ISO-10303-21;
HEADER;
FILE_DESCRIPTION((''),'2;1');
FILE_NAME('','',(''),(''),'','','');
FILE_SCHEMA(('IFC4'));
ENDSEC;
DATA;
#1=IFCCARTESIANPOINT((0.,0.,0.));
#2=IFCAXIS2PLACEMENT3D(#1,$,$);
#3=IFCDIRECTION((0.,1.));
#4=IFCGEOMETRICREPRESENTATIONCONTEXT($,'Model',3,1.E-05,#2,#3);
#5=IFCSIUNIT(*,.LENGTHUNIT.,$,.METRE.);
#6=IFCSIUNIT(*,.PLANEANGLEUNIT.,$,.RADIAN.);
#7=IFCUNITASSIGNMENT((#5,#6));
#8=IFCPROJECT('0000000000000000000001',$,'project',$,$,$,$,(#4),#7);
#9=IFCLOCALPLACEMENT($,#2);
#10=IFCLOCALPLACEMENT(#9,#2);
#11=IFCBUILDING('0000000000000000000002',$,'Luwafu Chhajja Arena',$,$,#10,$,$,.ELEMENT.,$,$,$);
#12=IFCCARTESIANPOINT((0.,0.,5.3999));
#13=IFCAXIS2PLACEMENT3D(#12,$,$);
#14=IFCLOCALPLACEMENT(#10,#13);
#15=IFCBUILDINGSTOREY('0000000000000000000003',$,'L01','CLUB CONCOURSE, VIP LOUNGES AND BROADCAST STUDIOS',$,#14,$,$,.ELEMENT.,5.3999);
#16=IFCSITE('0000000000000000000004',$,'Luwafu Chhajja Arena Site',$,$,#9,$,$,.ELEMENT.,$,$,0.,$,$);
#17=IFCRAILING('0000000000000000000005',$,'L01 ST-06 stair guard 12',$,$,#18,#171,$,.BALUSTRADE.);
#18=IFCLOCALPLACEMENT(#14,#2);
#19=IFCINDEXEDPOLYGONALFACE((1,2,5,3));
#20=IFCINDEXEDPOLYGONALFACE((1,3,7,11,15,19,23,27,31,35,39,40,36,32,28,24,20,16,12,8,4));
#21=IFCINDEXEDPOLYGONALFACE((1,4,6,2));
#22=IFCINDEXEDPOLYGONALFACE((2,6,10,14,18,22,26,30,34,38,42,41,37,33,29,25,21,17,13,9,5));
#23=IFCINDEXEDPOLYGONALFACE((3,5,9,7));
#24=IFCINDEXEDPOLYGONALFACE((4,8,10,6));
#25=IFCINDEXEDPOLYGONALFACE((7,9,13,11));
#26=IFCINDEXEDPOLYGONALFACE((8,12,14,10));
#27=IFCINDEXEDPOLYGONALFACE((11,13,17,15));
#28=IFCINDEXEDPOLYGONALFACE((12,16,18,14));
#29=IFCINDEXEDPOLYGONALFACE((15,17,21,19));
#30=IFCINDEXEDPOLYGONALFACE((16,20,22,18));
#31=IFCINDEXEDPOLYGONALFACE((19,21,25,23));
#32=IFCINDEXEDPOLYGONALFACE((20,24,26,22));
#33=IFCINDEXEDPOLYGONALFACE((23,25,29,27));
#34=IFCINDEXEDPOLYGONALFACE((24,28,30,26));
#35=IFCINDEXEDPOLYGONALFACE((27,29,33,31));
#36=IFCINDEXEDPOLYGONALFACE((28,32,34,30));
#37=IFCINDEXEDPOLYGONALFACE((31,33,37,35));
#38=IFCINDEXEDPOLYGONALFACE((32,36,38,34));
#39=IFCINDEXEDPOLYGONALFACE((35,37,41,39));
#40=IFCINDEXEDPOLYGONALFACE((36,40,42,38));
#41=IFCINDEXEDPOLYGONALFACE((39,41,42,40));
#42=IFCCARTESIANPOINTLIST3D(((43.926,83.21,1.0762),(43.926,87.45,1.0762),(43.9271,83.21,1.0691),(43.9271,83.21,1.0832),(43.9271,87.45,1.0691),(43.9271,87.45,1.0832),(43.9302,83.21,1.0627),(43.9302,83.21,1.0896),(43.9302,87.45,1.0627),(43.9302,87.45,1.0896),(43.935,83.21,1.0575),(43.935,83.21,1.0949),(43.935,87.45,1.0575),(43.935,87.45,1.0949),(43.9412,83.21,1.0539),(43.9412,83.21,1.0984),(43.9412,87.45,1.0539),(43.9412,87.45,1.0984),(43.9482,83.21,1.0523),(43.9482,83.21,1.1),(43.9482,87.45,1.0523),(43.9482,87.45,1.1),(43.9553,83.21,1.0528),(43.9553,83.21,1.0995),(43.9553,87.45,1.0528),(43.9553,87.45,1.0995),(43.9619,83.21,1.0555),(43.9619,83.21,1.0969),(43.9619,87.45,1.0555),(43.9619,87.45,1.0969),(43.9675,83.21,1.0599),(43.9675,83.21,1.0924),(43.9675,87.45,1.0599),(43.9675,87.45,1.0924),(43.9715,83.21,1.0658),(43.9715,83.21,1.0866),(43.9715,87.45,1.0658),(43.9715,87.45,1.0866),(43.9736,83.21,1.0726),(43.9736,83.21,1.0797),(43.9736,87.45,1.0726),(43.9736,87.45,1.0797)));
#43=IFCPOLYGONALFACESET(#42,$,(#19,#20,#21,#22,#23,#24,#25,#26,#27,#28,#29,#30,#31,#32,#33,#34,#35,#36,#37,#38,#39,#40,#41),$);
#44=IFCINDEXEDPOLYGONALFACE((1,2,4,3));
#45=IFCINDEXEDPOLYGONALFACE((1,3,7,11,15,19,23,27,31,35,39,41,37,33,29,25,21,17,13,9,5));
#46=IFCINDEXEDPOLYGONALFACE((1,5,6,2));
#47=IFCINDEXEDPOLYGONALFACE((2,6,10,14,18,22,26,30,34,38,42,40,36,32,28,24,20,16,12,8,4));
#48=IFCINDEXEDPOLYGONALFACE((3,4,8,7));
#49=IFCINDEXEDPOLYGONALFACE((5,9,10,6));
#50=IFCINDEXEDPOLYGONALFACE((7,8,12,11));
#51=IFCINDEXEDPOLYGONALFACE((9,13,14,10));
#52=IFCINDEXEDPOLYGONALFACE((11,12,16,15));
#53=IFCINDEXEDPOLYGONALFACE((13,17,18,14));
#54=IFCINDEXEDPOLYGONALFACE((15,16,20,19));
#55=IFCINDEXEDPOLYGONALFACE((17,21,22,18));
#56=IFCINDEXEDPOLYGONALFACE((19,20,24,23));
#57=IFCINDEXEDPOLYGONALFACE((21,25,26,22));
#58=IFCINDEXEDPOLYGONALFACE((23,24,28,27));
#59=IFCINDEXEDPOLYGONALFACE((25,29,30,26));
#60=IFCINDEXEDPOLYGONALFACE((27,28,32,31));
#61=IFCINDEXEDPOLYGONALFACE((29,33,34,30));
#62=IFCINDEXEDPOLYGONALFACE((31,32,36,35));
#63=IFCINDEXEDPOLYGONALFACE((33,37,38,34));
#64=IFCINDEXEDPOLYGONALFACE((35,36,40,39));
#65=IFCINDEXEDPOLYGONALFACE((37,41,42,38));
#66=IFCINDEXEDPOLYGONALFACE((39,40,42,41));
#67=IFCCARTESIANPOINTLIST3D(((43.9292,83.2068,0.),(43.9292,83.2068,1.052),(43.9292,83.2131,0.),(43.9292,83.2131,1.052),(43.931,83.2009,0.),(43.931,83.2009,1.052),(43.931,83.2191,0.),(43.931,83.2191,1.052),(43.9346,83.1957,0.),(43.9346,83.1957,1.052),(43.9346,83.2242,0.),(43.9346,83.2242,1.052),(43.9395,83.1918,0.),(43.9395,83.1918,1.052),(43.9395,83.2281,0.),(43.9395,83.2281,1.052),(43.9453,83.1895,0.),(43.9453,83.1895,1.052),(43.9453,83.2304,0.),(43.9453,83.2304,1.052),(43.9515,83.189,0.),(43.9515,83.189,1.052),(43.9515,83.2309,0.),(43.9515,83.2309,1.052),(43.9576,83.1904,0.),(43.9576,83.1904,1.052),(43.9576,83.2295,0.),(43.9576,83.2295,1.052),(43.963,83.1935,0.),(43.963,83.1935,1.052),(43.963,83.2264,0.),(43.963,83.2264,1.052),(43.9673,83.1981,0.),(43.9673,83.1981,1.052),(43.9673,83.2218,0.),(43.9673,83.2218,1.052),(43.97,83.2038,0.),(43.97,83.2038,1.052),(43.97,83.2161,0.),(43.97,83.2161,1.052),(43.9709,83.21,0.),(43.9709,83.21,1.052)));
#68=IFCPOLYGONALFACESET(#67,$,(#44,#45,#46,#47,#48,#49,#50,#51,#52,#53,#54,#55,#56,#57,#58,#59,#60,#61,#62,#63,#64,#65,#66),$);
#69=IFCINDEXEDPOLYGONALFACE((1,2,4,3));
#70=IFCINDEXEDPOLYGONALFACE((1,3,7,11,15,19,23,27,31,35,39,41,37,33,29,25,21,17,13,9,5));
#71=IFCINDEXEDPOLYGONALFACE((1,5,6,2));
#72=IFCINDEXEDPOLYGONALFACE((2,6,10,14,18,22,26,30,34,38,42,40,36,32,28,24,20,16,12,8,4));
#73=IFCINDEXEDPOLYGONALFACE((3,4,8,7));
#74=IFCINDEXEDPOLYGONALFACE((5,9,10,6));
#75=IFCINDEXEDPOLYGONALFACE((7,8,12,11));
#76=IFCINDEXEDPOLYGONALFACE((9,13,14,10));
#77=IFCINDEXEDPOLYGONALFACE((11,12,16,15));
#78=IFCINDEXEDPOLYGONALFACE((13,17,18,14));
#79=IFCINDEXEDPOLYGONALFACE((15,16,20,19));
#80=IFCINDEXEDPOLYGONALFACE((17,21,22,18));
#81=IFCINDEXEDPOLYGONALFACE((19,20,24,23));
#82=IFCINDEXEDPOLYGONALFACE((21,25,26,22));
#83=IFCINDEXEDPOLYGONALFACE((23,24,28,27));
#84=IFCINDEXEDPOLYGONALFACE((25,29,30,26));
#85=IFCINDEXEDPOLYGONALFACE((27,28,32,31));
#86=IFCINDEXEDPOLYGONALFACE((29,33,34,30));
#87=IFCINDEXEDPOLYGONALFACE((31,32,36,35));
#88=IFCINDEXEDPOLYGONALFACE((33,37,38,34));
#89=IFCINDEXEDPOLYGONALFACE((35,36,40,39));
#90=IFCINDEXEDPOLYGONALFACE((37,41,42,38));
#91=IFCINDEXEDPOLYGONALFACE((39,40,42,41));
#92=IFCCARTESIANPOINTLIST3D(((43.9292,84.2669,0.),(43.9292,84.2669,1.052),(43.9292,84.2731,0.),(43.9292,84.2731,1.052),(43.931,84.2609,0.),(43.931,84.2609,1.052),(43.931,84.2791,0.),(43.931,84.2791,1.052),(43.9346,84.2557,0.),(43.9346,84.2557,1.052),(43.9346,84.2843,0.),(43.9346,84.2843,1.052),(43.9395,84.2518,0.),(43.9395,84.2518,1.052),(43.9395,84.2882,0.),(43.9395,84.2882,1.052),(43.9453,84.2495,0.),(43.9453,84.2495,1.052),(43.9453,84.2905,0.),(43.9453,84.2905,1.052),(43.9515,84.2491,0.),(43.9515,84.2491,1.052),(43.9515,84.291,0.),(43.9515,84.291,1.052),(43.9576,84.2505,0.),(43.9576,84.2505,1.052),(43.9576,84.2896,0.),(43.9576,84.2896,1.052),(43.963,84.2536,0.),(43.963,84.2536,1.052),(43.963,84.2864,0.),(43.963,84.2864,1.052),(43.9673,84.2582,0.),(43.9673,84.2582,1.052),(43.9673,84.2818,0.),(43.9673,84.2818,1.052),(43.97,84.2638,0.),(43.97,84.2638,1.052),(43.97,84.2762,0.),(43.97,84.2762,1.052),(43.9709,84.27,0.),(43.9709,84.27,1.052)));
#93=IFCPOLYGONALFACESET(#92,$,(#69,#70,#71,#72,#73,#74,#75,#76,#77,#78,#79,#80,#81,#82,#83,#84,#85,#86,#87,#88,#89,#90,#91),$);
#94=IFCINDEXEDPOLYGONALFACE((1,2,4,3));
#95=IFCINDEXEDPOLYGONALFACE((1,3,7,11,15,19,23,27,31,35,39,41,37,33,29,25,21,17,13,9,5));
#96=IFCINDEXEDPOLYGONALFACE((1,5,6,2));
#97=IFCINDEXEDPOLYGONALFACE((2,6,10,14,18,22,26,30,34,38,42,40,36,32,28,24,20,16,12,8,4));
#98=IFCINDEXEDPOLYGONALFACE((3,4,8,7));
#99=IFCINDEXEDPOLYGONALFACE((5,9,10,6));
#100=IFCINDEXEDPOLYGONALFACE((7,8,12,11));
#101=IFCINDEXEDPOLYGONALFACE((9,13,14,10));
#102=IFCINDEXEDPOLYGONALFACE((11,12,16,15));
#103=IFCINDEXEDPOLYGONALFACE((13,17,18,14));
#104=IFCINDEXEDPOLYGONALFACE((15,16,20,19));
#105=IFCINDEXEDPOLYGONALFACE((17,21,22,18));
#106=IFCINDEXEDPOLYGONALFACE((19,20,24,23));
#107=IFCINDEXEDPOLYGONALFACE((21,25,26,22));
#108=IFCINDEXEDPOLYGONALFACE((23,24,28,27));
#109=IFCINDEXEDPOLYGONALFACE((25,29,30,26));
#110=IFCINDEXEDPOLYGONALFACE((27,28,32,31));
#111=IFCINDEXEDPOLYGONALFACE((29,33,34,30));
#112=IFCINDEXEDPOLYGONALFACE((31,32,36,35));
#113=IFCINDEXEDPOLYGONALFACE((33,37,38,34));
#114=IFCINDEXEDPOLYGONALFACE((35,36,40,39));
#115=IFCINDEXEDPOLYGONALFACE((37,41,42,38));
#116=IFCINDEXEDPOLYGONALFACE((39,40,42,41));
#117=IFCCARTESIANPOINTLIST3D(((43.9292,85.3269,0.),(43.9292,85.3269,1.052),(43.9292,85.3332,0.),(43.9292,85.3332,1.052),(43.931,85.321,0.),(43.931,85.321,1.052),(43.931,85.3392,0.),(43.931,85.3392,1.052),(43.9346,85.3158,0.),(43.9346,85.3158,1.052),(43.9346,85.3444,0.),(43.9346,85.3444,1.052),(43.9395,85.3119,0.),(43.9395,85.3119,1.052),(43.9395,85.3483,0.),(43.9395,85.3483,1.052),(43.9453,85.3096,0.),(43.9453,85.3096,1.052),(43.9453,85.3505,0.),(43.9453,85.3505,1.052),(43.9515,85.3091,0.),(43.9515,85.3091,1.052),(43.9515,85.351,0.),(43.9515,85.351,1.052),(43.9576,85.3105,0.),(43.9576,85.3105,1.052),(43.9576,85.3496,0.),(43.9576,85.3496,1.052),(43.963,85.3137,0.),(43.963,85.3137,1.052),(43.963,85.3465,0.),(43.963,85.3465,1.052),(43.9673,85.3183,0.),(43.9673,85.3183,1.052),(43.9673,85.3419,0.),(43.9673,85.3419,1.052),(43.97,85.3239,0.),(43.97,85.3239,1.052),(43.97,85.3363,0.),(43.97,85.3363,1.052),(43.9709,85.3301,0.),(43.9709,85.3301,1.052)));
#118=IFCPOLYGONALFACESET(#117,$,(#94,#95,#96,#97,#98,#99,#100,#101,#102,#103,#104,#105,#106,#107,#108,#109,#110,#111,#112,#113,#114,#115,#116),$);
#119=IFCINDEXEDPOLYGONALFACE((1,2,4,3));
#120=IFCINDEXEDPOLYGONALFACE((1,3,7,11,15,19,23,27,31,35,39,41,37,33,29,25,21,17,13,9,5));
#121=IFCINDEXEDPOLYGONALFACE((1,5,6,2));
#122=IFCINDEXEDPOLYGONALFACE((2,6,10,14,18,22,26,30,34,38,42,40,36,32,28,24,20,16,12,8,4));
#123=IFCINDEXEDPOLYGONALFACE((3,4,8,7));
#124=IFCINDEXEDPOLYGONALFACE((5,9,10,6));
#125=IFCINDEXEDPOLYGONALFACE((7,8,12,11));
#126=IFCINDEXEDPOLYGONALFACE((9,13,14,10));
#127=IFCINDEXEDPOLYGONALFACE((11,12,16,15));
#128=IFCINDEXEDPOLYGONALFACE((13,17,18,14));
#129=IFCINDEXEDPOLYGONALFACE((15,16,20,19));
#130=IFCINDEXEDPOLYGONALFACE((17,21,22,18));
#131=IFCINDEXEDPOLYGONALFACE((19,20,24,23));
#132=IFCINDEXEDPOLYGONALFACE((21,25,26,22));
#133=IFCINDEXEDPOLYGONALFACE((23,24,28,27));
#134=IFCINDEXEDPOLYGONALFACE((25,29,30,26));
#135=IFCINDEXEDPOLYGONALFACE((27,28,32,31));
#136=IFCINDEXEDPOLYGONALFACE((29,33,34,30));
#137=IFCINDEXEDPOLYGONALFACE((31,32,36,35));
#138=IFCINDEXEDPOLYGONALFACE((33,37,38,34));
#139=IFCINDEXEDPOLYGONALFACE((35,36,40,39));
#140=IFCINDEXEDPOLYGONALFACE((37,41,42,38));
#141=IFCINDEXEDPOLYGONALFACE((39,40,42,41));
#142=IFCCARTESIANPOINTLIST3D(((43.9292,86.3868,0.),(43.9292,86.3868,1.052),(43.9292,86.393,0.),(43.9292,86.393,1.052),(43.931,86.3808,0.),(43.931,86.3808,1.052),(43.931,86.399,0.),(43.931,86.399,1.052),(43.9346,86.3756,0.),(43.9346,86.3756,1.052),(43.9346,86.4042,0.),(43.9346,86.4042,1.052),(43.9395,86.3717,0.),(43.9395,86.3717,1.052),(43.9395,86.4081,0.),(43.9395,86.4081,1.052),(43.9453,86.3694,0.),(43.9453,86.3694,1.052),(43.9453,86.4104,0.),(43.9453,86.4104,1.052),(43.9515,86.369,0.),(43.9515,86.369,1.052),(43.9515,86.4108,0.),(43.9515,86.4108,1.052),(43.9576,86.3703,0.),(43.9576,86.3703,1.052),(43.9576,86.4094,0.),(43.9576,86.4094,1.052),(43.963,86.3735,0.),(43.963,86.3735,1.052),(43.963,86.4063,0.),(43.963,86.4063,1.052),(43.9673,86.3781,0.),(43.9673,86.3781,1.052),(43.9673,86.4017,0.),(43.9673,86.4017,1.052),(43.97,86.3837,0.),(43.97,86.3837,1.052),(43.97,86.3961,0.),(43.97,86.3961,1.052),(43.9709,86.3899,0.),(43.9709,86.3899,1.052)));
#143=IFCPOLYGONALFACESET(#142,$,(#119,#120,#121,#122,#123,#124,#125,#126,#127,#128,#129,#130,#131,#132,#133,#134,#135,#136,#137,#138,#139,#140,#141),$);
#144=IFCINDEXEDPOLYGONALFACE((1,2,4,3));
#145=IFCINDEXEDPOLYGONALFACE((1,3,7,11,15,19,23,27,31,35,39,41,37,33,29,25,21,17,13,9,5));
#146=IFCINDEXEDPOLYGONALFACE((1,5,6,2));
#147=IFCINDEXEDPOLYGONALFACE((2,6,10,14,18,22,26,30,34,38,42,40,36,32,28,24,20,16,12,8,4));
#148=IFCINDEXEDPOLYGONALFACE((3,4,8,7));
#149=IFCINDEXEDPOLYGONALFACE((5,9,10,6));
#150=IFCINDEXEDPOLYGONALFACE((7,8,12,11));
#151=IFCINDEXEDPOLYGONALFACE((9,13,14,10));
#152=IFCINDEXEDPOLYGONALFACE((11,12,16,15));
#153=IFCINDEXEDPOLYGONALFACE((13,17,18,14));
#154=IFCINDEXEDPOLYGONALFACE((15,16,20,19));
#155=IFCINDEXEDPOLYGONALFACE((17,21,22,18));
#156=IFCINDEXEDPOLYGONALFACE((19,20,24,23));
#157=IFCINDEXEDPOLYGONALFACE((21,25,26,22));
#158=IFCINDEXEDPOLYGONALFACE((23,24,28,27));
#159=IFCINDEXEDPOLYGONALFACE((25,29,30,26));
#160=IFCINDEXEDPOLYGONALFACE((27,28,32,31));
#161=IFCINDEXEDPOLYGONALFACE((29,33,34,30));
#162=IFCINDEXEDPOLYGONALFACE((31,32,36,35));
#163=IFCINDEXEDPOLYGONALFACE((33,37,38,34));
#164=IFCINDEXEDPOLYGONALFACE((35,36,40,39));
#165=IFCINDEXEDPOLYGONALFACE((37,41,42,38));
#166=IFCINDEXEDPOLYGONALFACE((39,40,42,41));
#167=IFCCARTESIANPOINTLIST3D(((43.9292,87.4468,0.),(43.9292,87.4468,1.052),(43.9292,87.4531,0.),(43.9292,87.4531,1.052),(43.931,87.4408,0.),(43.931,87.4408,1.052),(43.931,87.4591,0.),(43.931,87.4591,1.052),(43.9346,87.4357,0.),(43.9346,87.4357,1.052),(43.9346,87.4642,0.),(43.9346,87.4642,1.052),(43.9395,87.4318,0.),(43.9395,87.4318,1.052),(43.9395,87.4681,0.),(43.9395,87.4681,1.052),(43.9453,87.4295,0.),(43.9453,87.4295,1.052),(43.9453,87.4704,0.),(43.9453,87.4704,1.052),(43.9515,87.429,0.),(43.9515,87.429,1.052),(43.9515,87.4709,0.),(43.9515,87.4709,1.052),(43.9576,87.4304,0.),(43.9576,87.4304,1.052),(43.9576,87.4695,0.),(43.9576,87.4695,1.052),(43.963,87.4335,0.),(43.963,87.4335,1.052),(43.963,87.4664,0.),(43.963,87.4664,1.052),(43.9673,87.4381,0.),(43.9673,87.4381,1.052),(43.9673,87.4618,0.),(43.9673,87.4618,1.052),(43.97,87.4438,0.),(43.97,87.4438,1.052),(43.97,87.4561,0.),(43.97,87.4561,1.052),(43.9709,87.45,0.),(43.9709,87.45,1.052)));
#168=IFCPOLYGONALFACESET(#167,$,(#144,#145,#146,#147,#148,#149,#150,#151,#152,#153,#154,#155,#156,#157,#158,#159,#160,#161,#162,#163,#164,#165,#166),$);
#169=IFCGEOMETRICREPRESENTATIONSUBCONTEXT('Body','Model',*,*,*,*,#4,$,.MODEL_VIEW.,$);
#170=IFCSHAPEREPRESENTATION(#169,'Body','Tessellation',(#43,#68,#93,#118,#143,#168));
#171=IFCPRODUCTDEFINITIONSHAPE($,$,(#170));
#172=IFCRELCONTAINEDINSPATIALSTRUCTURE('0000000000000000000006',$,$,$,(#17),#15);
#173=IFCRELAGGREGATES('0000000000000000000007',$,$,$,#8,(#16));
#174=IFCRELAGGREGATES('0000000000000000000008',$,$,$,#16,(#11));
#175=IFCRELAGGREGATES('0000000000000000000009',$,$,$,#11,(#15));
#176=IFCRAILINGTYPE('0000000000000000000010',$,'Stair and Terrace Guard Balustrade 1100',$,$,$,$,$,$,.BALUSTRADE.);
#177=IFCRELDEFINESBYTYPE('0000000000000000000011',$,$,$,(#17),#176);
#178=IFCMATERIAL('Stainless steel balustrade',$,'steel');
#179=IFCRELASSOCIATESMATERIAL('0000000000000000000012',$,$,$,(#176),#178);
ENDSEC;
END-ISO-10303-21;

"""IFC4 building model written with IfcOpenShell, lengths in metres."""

from ifc_helpers import new_model, si_unit, direction, frame, origin, origin_2d, place, context, subcontext, project, spatial, circle, extrude, material, type_object, element, save


model = new_model("IFC4")

# Units and contexts
model_context = context("Model", 3, precision=1e-05, world=origin(), true_north=direction((0.0, 1.0)))
body_context = subcontext(model_context, "Body", "Model", "MODEL_VIEW")
ifc_project = project(units=[si_unit("LENGTHUNIT", "METRE"), si_unit("PLANEANGLEUNIT", "RADIAN")], contexts=[model_context])

# Site, building, storey
site_placement = place(None, origin())
site = spatial("IfcSite", under=ifc_project, at=site_placement, Name="Luwafu Chhajja Arena Site", CompositionType="ELEMENT", RefElevation=0.0)
building_placement = place(site_placement, origin())
building = spatial("IfcBuilding", under=site, at=building_placement, Name="Luwafu Chhajja Arena", CompositionType="ELEMENT")
storey_placement = place(building_placement, frame((0.0, 0.0, 5.3999)))
storey = spatial("IfcBuildingStorey", under=building, at=storey_placement, Name="L01", Description="CLUB CONCOURSE, VIP LOUNGES AND BROADCAST STUDIOS", CompositionType="ELEMENT", Elevation=5.3999)

# Railing
ifc_material_1 = material(Name="Stainless steel balustrade", Category="steel")
railing_type_1 = type_object("IfcRailingType", Name="Stair and Terrace Guard Balustrade 1100", PredefinedType="BALUSTRADE", material=ifc_material_1)
railing_1_placement = place(storey_placement, frame((43.95, 83.21, 0.0)))
element("IfcRailing", 1, at=railing_1_placement, inside=storey, type_object=railing_type_1, Name="L01 ST-06 stair guard 12", PredefinedType="BALUSTRADE", context=body_context, shape_type="SweptSolid", body=[
    extrude(circle(Radius=0.0239, at=origin_2d()), frame((0.0, 0.0, 1.0762), z_axis=(0.0, 1.0, 0.0), x_axis=(-1.0, 0.0, 0.0)), (0.0, 0.0, 1.0), 4.24),
    extrude(circle(Radius=0.021, at=origin_2d()), origin(), (0.0, 0.0, 1.0), 1.052),
    extrude(circle(Radius=0.021, at=origin_2d()), frame((0.0, 1.0601, 0.0)), (0.0, 0.0, 1.0), 1.052),
    extrude(circle(Radius=0.021, at=origin_2d()), frame((0.0, 2.1201, 0.0)), (0.0, 0.0, 1.0), 1.052),
    extrude(circle(Radius=0.021, at=origin_2d()), frame((0.0, 3.1799, 0.0)), (0.0, 0.0, 1.0), 1.052),
    extrude(circle(Radius=0.021, at=origin_2d()), frame((0.0, 4.24, 0.0)), (0.0, 0.0, 1.0), 1.052),
])

save(model, "model.ifc")
